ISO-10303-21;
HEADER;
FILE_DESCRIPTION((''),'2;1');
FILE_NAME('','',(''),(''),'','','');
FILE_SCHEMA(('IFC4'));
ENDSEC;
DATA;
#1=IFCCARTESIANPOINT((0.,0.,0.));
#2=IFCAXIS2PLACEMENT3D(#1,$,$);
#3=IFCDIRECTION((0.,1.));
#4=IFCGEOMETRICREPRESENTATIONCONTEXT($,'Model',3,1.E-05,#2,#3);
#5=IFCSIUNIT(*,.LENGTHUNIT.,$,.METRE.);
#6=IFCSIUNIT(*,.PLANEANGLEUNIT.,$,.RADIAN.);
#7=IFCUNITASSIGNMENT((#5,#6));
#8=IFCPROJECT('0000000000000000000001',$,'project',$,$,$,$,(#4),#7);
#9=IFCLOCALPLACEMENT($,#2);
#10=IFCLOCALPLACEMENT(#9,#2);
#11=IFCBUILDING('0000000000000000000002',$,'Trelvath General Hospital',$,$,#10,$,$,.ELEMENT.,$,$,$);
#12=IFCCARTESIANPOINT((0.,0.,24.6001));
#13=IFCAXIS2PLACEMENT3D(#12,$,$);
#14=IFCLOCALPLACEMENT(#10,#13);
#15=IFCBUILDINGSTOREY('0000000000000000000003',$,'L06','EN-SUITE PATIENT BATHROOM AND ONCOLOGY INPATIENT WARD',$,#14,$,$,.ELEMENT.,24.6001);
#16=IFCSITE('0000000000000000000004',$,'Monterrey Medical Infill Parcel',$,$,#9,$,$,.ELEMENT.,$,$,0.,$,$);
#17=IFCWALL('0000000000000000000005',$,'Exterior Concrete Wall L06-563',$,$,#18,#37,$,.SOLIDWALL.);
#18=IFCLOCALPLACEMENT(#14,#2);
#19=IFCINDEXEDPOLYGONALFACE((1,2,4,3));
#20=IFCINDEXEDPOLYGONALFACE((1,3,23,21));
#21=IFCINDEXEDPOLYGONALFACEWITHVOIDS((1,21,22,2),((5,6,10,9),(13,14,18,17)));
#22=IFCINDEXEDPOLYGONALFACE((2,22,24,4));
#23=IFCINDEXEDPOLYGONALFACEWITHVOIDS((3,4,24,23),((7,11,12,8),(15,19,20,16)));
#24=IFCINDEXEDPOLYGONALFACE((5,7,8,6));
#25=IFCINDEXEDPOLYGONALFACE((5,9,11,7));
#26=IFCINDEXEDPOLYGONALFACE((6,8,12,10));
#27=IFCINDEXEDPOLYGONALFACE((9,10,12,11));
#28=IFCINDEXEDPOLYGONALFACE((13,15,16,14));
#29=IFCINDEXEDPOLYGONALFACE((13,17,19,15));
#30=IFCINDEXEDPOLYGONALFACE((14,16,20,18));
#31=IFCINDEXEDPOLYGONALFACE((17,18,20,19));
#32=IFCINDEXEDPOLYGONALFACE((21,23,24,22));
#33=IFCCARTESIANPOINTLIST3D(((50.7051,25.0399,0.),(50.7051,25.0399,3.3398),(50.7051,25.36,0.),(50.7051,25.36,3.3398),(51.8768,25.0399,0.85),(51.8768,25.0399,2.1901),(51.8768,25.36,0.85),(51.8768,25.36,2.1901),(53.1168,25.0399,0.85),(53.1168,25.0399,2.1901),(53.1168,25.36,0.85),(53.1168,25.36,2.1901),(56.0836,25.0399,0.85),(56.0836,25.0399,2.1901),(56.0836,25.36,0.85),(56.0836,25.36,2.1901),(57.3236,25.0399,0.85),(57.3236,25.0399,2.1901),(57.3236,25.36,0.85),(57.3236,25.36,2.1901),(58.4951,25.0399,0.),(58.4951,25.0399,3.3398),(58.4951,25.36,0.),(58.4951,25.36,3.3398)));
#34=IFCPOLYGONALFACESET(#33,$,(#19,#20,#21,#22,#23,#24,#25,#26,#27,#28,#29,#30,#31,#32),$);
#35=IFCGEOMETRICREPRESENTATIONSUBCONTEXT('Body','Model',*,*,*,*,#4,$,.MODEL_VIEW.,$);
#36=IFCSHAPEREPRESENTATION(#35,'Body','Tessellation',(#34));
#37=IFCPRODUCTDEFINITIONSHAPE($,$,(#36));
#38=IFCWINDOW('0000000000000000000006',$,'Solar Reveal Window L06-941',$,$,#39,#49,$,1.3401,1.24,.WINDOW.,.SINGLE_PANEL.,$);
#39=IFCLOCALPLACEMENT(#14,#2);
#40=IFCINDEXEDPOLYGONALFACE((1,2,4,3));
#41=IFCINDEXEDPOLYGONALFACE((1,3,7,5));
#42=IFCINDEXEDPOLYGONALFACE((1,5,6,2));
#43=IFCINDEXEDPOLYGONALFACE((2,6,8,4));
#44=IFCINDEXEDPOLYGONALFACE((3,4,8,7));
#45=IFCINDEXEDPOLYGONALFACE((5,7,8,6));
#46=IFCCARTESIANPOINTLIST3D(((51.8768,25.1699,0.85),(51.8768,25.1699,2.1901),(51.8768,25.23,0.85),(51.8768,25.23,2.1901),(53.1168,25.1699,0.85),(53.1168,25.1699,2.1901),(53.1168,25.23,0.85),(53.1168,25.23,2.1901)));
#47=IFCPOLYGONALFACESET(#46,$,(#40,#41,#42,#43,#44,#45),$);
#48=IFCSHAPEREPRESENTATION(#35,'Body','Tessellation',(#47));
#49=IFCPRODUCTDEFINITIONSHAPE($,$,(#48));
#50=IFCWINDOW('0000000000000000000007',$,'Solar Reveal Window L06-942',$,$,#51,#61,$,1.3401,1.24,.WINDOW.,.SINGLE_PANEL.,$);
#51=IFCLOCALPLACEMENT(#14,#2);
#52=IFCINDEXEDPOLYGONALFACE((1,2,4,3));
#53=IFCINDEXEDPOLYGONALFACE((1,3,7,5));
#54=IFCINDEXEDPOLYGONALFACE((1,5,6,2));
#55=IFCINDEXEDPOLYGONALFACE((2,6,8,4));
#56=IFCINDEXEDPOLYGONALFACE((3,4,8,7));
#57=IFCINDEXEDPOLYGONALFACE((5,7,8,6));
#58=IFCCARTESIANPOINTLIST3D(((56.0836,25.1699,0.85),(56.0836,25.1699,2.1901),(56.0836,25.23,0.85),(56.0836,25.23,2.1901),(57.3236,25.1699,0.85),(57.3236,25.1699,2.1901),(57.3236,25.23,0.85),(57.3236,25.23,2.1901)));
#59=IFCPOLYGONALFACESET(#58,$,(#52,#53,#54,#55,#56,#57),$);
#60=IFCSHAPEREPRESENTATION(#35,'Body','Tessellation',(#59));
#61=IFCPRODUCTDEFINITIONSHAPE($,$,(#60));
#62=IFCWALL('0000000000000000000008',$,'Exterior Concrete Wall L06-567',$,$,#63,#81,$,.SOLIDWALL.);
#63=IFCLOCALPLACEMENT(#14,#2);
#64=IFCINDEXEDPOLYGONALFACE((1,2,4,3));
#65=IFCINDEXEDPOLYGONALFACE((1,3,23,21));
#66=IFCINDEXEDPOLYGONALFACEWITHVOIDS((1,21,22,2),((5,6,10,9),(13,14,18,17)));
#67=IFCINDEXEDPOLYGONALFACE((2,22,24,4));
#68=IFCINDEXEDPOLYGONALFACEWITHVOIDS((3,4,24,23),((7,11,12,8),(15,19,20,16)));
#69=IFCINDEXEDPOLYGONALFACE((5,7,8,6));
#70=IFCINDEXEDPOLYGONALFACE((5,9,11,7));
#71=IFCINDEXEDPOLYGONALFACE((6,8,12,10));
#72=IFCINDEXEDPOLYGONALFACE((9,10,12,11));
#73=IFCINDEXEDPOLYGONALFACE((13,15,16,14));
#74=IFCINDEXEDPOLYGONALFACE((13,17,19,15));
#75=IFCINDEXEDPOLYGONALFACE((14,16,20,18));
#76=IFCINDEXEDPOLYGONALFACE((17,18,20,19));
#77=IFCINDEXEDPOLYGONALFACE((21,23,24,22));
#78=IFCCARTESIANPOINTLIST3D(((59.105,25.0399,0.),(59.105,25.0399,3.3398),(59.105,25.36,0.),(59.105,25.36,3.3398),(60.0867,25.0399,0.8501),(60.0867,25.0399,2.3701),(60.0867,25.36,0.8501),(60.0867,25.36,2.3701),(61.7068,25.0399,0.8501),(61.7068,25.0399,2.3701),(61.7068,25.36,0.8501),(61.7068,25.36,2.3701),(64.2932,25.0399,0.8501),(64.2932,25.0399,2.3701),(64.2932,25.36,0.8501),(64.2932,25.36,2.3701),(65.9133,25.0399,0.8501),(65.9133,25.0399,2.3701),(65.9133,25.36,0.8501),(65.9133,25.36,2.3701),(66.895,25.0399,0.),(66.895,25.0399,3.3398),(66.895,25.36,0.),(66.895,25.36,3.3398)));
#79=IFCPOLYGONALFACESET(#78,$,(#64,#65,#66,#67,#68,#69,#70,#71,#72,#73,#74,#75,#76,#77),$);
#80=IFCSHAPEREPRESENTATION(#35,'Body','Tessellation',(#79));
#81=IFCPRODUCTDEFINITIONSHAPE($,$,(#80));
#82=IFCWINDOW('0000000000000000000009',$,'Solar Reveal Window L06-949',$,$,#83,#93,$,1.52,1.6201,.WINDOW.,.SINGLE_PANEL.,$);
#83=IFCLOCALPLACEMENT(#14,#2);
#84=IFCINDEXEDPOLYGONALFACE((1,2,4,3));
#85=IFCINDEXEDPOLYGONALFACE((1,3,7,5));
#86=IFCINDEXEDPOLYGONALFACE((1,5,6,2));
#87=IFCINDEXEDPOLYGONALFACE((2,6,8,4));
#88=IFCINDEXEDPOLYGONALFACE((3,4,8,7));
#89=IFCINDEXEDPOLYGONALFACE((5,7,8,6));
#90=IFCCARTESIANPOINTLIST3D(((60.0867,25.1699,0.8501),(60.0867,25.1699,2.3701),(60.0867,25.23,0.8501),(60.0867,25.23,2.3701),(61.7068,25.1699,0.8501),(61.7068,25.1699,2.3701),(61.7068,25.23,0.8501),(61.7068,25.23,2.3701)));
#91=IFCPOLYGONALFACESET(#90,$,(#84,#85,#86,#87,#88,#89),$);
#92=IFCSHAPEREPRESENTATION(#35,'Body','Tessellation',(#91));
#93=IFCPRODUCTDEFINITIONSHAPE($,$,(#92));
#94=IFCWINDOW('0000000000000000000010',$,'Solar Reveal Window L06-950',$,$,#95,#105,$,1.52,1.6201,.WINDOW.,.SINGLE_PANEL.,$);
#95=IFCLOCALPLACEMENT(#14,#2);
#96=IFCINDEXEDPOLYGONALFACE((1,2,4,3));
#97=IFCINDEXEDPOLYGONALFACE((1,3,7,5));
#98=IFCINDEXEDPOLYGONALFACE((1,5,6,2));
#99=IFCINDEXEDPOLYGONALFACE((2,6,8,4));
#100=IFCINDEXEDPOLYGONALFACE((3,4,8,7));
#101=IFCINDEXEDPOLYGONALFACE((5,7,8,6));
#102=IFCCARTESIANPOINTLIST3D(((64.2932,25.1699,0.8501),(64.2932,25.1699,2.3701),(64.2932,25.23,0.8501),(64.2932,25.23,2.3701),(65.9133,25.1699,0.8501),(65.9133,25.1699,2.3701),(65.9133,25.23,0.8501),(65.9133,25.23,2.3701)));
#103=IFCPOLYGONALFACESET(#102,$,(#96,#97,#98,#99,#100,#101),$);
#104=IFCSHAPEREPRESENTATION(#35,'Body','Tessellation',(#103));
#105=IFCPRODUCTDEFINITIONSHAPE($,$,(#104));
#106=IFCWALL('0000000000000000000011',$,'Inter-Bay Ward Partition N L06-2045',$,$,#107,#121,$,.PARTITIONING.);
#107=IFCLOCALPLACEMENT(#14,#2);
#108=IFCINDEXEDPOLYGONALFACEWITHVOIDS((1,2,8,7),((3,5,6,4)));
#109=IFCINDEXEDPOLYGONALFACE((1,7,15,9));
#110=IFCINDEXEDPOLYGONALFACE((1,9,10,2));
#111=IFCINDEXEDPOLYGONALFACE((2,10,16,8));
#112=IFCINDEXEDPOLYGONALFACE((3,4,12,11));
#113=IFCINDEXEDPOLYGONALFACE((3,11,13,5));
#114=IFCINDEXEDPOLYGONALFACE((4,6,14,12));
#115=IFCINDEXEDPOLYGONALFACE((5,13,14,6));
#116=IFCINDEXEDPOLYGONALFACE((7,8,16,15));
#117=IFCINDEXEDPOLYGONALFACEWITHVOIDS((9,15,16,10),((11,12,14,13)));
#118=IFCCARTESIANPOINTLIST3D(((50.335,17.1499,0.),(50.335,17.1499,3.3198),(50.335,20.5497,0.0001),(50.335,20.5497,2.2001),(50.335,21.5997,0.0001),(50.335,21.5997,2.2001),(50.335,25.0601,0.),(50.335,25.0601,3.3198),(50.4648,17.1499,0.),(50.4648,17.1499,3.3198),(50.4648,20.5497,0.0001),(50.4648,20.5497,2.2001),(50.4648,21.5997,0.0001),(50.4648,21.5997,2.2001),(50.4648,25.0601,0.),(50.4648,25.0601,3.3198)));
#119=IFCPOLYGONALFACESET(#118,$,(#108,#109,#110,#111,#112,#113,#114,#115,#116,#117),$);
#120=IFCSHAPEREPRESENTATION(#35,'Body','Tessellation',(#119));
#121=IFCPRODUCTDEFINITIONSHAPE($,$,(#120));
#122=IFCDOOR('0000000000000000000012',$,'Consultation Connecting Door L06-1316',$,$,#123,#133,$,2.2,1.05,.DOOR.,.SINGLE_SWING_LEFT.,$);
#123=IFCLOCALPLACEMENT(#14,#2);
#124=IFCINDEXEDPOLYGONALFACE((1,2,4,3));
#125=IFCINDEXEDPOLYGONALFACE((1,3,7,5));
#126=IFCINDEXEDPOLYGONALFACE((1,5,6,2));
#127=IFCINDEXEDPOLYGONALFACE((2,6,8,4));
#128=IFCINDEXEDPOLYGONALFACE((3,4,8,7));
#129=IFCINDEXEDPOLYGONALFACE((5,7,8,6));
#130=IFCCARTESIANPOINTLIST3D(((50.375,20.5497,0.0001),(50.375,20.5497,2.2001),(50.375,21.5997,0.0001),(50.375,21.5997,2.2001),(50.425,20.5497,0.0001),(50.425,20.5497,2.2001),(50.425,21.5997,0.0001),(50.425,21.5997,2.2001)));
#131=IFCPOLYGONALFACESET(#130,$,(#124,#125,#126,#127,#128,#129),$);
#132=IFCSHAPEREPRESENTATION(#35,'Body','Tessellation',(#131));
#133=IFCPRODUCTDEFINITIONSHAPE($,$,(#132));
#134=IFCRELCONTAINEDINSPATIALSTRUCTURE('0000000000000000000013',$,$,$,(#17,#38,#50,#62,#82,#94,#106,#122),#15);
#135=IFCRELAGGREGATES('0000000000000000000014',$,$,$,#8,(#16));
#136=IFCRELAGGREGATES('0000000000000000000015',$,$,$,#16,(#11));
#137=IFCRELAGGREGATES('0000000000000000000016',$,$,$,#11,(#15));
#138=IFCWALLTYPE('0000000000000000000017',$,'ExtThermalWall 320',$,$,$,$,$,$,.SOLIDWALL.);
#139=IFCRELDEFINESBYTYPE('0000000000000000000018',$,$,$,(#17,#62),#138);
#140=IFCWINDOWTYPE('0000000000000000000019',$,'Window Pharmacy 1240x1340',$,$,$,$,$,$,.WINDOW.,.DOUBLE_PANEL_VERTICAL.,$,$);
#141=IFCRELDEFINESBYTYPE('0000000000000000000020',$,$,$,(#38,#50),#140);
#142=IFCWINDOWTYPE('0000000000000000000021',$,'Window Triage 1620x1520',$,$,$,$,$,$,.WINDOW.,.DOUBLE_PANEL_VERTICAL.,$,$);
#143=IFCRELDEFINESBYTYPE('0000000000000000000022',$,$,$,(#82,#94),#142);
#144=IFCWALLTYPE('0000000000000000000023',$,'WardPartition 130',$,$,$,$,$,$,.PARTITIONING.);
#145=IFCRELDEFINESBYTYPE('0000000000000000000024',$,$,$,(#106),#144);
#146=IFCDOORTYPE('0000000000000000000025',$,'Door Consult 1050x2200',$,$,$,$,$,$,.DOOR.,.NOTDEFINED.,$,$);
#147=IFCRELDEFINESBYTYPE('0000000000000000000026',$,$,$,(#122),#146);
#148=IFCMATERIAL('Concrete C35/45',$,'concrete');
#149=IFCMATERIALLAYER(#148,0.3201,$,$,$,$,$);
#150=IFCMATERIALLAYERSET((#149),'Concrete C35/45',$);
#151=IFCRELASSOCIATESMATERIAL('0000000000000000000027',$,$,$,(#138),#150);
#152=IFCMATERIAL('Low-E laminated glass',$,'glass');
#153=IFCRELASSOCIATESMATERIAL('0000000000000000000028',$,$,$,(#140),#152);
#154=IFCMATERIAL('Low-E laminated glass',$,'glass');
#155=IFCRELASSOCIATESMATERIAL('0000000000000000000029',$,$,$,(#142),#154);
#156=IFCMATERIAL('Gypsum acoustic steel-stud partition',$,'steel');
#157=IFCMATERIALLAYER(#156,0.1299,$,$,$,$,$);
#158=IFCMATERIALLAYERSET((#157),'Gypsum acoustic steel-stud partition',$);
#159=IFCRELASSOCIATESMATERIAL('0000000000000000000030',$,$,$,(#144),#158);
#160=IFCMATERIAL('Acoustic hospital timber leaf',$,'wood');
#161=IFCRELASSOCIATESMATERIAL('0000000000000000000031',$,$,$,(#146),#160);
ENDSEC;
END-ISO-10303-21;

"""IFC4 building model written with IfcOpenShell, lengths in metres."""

from ifc_helpers import new_model, si_unit, direction, frame, frame_2d, origin, place, context, subcontext, project, spatial, rectangle, extrude, material, layer, layer_set, type_object, element, fill, save


model = new_model("IFC4")

# Units and contexts
model_context = context("Model", 3, precision=1e-05, world=origin(), true_north=direction((0.0, 1.0)))
body_context = subcontext(model_context, "Body", "Model", "MODEL_VIEW")
ifc_project = project(units=[si_unit("LENGTHUNIT", "METRE"), si_unit("PLANEANGLEUNIT", "RADIAN")], contexts=[model_context])

# Site, building, storey
site_placement = place(None, origin())
site = spatial("IfcSite", under=ifc_project, at=site_placement, Name="Monterrey Medical Infill Parcel", CompositionType="ELEMENT", RefElevation=0.0)
building_placement = place(site_placement, origin())
building = spatial("IfcBuilding", under=site, at=building_placement, Name="Trelvath General Hospital", CompositionType="ELEMENT")
storey_placement = place(building_placement, frame((0.0, 0.0, 24.6001)))
storey = spatial("IfcBuildingStorey", under=building, at=storey_placement, Name="L06", Description="EN-SUITE PATIENT BATHROOM AND ONCOLOGY INPATIENT WARD", CompositionType="ELEMENT", Elevation=24.6001)

# Walls, openings, windows
ifc_material_1 = material(Name="Concrete C35/45", Category="concrete")
ifc_layer_1 = layer(ifc_material_1, 0.3201)
ifc_layer_set_1 = layer_set([ifc_layer_1], Name="Concrete C35/45")
wall_type_1 = type_object("IfcWallType", Name="ExtThermalWall 320", PredefinedType="SOLIDWALL", material=ifc_layer_set_1)
wall_1_placement = place(storey_placement, frame((50.7051, 25.2, 0.0), z_axis=(0.0, 0.0, 1.0), x_axis=(1.0, 0.0, 0.0)))
wall_1 = element("IfcWall", 1, at=wall_1_placement, inside=storey, type_object=wall_type_1, Name="Exterior Concrete Wall L06-563", PredefinedType="SOLIDWALL", context=body_context, shape_type="SweptSolid", body=[
    extrude(rectangle(XDim=7.79, YDim=0.3201, at=frame_2d((3.895, 0.0))), origin(), (0.0, 0.0, 1.0), 3.3398),
])
opening_1_placement = place(wall_1_placement, frame((1.1716, 0.0, 0.8501)))
opening_1 = element("IfcOpeningElement", 2, at=opening_1_placement, cuts=wall_1, PredefinedType="OPENING", context=body_context, shape_type="SweptSolid", body=[
    extrude(rectangle(XDim=1.24, YDim=1.3401, at=frame_2d((0.6201, 0.6699))), frame((0.0, 0.1699, 0.0), z_axis=(0.0, -1.0, 0.0), x_axis=(1.0, 0.0, 0.0)), (0.0, 0.0, 1.0), 0.3401),
])
opening_2_placement = place(wall_1_placement, frame((5.3784, 0.0, 0.8501)))
opening_2 = element("IfcOpeningElement", 3, at=opening_2_placement, cuts=wall_1, PredefinedType="OPENING", context=body_context, shape_type="SweptSolid", body=[
    extrude(rectangle(XDim=1.24, YDim=1.3401, at=frame_2d((0.6201, 0.6699))), frame((0.0, 0.1699, 0.0), z_axis=(0.0, -1.0, 0.0), x_axis=(1.0, 0.0, 0.0)), (0.0, 0.0, 1.0), 0.3401),
])
ifc_material_2 = material(Name="Low-E laminated glass", Category="glass")
window_type_1 = type_object("IfcWindowType", Name="Window Pharmacy 1240x1340", PartitioningType="DOUBLE_PANEL_VERTICAL", PredefinedType="WINDOW", material=ifc_material_2)
window_1_placement = place(opening_1_placement, origin())
window_1 = element("IfcWindow", 4, at=window_1_placement, inside=storey, type_object=window_type_1, Name="Solar Reveal Window L06-941", OverallHeight=1.3401, OverallWidth=1.24, PartitioningType="SINGLE_PANEL", PredefinedType="WINDOW", context=body_context, shape_type="SweptSolid", body=[
    extrude(rectangle(XDim=1.24, YDim=1.3401, at=frame_2d((0.6201, 0.6699))), frame((0.0, 0.03, 0.0), z_axis=(0.0, -1.0, 0.0), x_axis=(1.0, 0.0, 0.0)), (0.0, 0.0, 1.0), 0.0601),
])
fill(opening_1, window_1)
window_2_placement = place(opening_2_placement, origin())
window_2 = element("IfcWindow", 5, at=window_2_placement, inside=storey, type_object=window_type_1, Name="Solar Reveal Window L06-942", OverallHeight=1.3401, OverallWidth=1.24, PartitioningType="SINGLE_PANEL", PredefinedType="WINDOW", context=body_context, shape_type="SweptSolid", body=[
    extrude(rectangle(XDim=1.24, YDim=1.3401, at=frame_2d((0.6201, 0.6699))), frame((0.0, 0.03, 0.0), z_axis=(0.0, -1.0, 0.0), x_axis=(1.0, 0.0, 0.0)), (0.0, 0.0, 1.0), 0.0601),
])
fill(opening_2, window_2)
wall_2_placement = place(storey_placement, frame((59.105, 25.2, 0.0), z_axis=(0.0, 0.0, 1.0), x_axis=(1.0, 0.0, 0.0)))
wall_2 = element("IfcWall", 6, at=wall_2_placement, inside=storey, type_object=wall_type_1, Name="Exterior Concrete Wall L06-567", PredefinedType="SOLIDWALL", context=body_context, shape_type="SweptSolid", body=[
    extrude(rectangle(XDim=7.79, YDim=0.3201, at=frame_2d((3.895, 0.0))), origin(), (0.0, 0.0, 1.0), 3.3398),
])
opening_3_placement = place(wall_2_placement, frame((0.9817, 0.0, 0.8501)))
opening_3 = element("IfcOpeningElement", 7, at=opening_3_placement, cuts=wall_2, PredefinedType="OPENING", context=body_context, shape_type="SweptSolid", body=[
    extrude(rectangle(XDim=1.6201, YDim=1.52, at=frame_2d((0.8101, 0.76))), frame((0.0, 0.1699, 0.0), z_axis=(0.0, -1.0, 0.0), x_axis=(1.0, 0.0, 0.0)), (0.0, 0.0, 1.0), 0.3401),
])
opening_4_placement = place(wall_2_placement, frame((5.1882, 0.0, 0.8501)))
opening_4 = element("IfcOpeningElement", 8, at=opening_4_placement, cuts=wall_2, PredefinedType="OPENING", context=body_context, shape_type="SweptSolid", body=[
    extrude(rectangle(XDim=1.6201, YDim=1.52, at=frame_2d((0.8101, 0.76))), frame((0.0, 0.1699, 0.0), z_axis=(0.0, -1.0, 0.0), x_axis=(1.0, 0.0, 0.0)), (0.0, 0.0, 1.0), 0.3401),
])
ifc_material_3 = material(Name="Low-E laminated glass", Category="glass")
window_type_2 = type_object("IfcWindowType", Name="Window Triage 1620x1520", PartitioningType="DOUBLE_PANEL_VERTICAL", PredefinedType="WINDOW", material=ifc_material_3)
window_3_placement = place(opening_3_placement, origin())
window_3 = element("IfcWindow", 9, at=window_3_placement, inside=storey, type_object=window_type_2, Name="Solar Reveal Window L06-949", OverallHeight=1.52, OverallWidth=1.6201, PartitioningType="SINGLE_PANEL", PredefinedType="WINDOW", context=body_context, shape_type="SweptSolid", body=[
    extrude(rectangle(XDim=1.6201, YDim=1.52, at=frame_2d((0.8101, 0.76))), frame((0.0, 0.03, 0.0), z_axis=(0.0, -1.0, 0.0), x_axis=(1.0, 0.0, 0.0)), (0.0, 0.0, 1.0), 0.0601),
])
fill(opening_3, window_3)
window_4_placement = place(opening_4_placement, origin())
window_4 = element("IfcWindow", 10, at=window_4_placement, inside=storey, type_object=window_type_2, Name="Solar Reveal Window L06-950", OverallHeight=1.52, OverallWidth=1.6201, PartitioningType="SINGLE_PANEL", PredefinedType="WINDOW", context=body_context, shape_type="SweptSolid", body=[
    extrude(rectangle(XDim=1.6201, YDim=1.52, at=frame_2d((0.8101, 0.76))), frame((0.0, 0.03, 0.0), z_axis=(0.0, -1.0, 0.0), x_axis=(1.0, 0.0, 0.0)), (0.0, 0.0, 1.0), 0.0601),
])
fill(opening_4, window_4)

# Wall, opening, door
ifc_material_4 = material(Name="Gypsum acoustic steel-stud partition", Category="steel")
ifc_layer_2 = layer(ifc_material_4, 0.1299)
ifc_layer_set_2 = layer_set([ifc_layer_2], Name="Gypsum acoustic steel-stud partition")
wall_type_2 = type_object("IfcWallType", Name="WardPartition 130", PredefinedType="PARTITIONING", material=ifc_layer_set_2)
wall_3_placement = place(storey_placement, frame((50.3999, 17.1499, 0.0), z_axis=(0.0, 0.0, 1.0), x_axis=(0.0, 1.0, 0.0)))
wall_3 = element("IfcWall", 11, at=wall_3_placement, inside=storey, type_object=wall_type_2, Name="Inter-Bay Ward Partition N L06-2045", PredefinedType="PARTITIONING", context=body_context, shape_type="SweptSolid", body=[
    extrude(rectangle(XDim=7.9102, YDim=0.1299, at=frame_2d((3.9551, 0.0))), origin(), (0.0, 0.0, 1.0), 3.3198),
])
opening_5_placement = place(wall_3_placement, frame((3.3999, 0.0, 0.0)))
opening_5 = element("IfcOpeningElement", 12, at=opening_5_placement, cuts=wall_3, PredefinedType="OPENING", context=body_context, shape_type="SweptSolid", body=[
    extrude(rectangle(XDim=1.05, YDim=2.2, at=frame_2d((0.5249, 1.1001))), frame((0.0, 0.075, 0.0), z_axis=(0.0, -1.0, 0.0), x_axis=(1.0, 0.0, 0.0)), (0.0, 0.0, 1.0), 0.1499),
])
ifc_material_5 = material(Name="Acoustic hospital timber leaf", Category="wood")
door_type = type_object("IfcDoorType", Name="Door Consult 1050x2200", OperationType="NOTDEFINED", PredefinedType="DOOR", material=ifc_material_5)
door_placement = place(opening_5_placement, origin())
door = element("IfcDoor", 13, at=door_placement, inside=storey, type_object=door_type, Name="Consultation Connecting Door L06-1316", OperationType="SINGLE_SWING_LEFT", OverallHeight=2.2, OverallWidth=1.05, PredefinedType="DOOR", context=body_context, shape_type="SweptSolid", body=[
    extrude(rectangle(XDim=1.05, YDim=2.2, at=frame_2d((0.5249, 1.1001))), frame((0.0, 0.0249, 0.0), z_axis=(0.0, -1.0, 0.0), x_axis=(1.0, 0.0, 0.0)), (0.0, 0.0, 1.0), 0.05),
])
fill(opening_5, door)

save(model, "model.ifc")
